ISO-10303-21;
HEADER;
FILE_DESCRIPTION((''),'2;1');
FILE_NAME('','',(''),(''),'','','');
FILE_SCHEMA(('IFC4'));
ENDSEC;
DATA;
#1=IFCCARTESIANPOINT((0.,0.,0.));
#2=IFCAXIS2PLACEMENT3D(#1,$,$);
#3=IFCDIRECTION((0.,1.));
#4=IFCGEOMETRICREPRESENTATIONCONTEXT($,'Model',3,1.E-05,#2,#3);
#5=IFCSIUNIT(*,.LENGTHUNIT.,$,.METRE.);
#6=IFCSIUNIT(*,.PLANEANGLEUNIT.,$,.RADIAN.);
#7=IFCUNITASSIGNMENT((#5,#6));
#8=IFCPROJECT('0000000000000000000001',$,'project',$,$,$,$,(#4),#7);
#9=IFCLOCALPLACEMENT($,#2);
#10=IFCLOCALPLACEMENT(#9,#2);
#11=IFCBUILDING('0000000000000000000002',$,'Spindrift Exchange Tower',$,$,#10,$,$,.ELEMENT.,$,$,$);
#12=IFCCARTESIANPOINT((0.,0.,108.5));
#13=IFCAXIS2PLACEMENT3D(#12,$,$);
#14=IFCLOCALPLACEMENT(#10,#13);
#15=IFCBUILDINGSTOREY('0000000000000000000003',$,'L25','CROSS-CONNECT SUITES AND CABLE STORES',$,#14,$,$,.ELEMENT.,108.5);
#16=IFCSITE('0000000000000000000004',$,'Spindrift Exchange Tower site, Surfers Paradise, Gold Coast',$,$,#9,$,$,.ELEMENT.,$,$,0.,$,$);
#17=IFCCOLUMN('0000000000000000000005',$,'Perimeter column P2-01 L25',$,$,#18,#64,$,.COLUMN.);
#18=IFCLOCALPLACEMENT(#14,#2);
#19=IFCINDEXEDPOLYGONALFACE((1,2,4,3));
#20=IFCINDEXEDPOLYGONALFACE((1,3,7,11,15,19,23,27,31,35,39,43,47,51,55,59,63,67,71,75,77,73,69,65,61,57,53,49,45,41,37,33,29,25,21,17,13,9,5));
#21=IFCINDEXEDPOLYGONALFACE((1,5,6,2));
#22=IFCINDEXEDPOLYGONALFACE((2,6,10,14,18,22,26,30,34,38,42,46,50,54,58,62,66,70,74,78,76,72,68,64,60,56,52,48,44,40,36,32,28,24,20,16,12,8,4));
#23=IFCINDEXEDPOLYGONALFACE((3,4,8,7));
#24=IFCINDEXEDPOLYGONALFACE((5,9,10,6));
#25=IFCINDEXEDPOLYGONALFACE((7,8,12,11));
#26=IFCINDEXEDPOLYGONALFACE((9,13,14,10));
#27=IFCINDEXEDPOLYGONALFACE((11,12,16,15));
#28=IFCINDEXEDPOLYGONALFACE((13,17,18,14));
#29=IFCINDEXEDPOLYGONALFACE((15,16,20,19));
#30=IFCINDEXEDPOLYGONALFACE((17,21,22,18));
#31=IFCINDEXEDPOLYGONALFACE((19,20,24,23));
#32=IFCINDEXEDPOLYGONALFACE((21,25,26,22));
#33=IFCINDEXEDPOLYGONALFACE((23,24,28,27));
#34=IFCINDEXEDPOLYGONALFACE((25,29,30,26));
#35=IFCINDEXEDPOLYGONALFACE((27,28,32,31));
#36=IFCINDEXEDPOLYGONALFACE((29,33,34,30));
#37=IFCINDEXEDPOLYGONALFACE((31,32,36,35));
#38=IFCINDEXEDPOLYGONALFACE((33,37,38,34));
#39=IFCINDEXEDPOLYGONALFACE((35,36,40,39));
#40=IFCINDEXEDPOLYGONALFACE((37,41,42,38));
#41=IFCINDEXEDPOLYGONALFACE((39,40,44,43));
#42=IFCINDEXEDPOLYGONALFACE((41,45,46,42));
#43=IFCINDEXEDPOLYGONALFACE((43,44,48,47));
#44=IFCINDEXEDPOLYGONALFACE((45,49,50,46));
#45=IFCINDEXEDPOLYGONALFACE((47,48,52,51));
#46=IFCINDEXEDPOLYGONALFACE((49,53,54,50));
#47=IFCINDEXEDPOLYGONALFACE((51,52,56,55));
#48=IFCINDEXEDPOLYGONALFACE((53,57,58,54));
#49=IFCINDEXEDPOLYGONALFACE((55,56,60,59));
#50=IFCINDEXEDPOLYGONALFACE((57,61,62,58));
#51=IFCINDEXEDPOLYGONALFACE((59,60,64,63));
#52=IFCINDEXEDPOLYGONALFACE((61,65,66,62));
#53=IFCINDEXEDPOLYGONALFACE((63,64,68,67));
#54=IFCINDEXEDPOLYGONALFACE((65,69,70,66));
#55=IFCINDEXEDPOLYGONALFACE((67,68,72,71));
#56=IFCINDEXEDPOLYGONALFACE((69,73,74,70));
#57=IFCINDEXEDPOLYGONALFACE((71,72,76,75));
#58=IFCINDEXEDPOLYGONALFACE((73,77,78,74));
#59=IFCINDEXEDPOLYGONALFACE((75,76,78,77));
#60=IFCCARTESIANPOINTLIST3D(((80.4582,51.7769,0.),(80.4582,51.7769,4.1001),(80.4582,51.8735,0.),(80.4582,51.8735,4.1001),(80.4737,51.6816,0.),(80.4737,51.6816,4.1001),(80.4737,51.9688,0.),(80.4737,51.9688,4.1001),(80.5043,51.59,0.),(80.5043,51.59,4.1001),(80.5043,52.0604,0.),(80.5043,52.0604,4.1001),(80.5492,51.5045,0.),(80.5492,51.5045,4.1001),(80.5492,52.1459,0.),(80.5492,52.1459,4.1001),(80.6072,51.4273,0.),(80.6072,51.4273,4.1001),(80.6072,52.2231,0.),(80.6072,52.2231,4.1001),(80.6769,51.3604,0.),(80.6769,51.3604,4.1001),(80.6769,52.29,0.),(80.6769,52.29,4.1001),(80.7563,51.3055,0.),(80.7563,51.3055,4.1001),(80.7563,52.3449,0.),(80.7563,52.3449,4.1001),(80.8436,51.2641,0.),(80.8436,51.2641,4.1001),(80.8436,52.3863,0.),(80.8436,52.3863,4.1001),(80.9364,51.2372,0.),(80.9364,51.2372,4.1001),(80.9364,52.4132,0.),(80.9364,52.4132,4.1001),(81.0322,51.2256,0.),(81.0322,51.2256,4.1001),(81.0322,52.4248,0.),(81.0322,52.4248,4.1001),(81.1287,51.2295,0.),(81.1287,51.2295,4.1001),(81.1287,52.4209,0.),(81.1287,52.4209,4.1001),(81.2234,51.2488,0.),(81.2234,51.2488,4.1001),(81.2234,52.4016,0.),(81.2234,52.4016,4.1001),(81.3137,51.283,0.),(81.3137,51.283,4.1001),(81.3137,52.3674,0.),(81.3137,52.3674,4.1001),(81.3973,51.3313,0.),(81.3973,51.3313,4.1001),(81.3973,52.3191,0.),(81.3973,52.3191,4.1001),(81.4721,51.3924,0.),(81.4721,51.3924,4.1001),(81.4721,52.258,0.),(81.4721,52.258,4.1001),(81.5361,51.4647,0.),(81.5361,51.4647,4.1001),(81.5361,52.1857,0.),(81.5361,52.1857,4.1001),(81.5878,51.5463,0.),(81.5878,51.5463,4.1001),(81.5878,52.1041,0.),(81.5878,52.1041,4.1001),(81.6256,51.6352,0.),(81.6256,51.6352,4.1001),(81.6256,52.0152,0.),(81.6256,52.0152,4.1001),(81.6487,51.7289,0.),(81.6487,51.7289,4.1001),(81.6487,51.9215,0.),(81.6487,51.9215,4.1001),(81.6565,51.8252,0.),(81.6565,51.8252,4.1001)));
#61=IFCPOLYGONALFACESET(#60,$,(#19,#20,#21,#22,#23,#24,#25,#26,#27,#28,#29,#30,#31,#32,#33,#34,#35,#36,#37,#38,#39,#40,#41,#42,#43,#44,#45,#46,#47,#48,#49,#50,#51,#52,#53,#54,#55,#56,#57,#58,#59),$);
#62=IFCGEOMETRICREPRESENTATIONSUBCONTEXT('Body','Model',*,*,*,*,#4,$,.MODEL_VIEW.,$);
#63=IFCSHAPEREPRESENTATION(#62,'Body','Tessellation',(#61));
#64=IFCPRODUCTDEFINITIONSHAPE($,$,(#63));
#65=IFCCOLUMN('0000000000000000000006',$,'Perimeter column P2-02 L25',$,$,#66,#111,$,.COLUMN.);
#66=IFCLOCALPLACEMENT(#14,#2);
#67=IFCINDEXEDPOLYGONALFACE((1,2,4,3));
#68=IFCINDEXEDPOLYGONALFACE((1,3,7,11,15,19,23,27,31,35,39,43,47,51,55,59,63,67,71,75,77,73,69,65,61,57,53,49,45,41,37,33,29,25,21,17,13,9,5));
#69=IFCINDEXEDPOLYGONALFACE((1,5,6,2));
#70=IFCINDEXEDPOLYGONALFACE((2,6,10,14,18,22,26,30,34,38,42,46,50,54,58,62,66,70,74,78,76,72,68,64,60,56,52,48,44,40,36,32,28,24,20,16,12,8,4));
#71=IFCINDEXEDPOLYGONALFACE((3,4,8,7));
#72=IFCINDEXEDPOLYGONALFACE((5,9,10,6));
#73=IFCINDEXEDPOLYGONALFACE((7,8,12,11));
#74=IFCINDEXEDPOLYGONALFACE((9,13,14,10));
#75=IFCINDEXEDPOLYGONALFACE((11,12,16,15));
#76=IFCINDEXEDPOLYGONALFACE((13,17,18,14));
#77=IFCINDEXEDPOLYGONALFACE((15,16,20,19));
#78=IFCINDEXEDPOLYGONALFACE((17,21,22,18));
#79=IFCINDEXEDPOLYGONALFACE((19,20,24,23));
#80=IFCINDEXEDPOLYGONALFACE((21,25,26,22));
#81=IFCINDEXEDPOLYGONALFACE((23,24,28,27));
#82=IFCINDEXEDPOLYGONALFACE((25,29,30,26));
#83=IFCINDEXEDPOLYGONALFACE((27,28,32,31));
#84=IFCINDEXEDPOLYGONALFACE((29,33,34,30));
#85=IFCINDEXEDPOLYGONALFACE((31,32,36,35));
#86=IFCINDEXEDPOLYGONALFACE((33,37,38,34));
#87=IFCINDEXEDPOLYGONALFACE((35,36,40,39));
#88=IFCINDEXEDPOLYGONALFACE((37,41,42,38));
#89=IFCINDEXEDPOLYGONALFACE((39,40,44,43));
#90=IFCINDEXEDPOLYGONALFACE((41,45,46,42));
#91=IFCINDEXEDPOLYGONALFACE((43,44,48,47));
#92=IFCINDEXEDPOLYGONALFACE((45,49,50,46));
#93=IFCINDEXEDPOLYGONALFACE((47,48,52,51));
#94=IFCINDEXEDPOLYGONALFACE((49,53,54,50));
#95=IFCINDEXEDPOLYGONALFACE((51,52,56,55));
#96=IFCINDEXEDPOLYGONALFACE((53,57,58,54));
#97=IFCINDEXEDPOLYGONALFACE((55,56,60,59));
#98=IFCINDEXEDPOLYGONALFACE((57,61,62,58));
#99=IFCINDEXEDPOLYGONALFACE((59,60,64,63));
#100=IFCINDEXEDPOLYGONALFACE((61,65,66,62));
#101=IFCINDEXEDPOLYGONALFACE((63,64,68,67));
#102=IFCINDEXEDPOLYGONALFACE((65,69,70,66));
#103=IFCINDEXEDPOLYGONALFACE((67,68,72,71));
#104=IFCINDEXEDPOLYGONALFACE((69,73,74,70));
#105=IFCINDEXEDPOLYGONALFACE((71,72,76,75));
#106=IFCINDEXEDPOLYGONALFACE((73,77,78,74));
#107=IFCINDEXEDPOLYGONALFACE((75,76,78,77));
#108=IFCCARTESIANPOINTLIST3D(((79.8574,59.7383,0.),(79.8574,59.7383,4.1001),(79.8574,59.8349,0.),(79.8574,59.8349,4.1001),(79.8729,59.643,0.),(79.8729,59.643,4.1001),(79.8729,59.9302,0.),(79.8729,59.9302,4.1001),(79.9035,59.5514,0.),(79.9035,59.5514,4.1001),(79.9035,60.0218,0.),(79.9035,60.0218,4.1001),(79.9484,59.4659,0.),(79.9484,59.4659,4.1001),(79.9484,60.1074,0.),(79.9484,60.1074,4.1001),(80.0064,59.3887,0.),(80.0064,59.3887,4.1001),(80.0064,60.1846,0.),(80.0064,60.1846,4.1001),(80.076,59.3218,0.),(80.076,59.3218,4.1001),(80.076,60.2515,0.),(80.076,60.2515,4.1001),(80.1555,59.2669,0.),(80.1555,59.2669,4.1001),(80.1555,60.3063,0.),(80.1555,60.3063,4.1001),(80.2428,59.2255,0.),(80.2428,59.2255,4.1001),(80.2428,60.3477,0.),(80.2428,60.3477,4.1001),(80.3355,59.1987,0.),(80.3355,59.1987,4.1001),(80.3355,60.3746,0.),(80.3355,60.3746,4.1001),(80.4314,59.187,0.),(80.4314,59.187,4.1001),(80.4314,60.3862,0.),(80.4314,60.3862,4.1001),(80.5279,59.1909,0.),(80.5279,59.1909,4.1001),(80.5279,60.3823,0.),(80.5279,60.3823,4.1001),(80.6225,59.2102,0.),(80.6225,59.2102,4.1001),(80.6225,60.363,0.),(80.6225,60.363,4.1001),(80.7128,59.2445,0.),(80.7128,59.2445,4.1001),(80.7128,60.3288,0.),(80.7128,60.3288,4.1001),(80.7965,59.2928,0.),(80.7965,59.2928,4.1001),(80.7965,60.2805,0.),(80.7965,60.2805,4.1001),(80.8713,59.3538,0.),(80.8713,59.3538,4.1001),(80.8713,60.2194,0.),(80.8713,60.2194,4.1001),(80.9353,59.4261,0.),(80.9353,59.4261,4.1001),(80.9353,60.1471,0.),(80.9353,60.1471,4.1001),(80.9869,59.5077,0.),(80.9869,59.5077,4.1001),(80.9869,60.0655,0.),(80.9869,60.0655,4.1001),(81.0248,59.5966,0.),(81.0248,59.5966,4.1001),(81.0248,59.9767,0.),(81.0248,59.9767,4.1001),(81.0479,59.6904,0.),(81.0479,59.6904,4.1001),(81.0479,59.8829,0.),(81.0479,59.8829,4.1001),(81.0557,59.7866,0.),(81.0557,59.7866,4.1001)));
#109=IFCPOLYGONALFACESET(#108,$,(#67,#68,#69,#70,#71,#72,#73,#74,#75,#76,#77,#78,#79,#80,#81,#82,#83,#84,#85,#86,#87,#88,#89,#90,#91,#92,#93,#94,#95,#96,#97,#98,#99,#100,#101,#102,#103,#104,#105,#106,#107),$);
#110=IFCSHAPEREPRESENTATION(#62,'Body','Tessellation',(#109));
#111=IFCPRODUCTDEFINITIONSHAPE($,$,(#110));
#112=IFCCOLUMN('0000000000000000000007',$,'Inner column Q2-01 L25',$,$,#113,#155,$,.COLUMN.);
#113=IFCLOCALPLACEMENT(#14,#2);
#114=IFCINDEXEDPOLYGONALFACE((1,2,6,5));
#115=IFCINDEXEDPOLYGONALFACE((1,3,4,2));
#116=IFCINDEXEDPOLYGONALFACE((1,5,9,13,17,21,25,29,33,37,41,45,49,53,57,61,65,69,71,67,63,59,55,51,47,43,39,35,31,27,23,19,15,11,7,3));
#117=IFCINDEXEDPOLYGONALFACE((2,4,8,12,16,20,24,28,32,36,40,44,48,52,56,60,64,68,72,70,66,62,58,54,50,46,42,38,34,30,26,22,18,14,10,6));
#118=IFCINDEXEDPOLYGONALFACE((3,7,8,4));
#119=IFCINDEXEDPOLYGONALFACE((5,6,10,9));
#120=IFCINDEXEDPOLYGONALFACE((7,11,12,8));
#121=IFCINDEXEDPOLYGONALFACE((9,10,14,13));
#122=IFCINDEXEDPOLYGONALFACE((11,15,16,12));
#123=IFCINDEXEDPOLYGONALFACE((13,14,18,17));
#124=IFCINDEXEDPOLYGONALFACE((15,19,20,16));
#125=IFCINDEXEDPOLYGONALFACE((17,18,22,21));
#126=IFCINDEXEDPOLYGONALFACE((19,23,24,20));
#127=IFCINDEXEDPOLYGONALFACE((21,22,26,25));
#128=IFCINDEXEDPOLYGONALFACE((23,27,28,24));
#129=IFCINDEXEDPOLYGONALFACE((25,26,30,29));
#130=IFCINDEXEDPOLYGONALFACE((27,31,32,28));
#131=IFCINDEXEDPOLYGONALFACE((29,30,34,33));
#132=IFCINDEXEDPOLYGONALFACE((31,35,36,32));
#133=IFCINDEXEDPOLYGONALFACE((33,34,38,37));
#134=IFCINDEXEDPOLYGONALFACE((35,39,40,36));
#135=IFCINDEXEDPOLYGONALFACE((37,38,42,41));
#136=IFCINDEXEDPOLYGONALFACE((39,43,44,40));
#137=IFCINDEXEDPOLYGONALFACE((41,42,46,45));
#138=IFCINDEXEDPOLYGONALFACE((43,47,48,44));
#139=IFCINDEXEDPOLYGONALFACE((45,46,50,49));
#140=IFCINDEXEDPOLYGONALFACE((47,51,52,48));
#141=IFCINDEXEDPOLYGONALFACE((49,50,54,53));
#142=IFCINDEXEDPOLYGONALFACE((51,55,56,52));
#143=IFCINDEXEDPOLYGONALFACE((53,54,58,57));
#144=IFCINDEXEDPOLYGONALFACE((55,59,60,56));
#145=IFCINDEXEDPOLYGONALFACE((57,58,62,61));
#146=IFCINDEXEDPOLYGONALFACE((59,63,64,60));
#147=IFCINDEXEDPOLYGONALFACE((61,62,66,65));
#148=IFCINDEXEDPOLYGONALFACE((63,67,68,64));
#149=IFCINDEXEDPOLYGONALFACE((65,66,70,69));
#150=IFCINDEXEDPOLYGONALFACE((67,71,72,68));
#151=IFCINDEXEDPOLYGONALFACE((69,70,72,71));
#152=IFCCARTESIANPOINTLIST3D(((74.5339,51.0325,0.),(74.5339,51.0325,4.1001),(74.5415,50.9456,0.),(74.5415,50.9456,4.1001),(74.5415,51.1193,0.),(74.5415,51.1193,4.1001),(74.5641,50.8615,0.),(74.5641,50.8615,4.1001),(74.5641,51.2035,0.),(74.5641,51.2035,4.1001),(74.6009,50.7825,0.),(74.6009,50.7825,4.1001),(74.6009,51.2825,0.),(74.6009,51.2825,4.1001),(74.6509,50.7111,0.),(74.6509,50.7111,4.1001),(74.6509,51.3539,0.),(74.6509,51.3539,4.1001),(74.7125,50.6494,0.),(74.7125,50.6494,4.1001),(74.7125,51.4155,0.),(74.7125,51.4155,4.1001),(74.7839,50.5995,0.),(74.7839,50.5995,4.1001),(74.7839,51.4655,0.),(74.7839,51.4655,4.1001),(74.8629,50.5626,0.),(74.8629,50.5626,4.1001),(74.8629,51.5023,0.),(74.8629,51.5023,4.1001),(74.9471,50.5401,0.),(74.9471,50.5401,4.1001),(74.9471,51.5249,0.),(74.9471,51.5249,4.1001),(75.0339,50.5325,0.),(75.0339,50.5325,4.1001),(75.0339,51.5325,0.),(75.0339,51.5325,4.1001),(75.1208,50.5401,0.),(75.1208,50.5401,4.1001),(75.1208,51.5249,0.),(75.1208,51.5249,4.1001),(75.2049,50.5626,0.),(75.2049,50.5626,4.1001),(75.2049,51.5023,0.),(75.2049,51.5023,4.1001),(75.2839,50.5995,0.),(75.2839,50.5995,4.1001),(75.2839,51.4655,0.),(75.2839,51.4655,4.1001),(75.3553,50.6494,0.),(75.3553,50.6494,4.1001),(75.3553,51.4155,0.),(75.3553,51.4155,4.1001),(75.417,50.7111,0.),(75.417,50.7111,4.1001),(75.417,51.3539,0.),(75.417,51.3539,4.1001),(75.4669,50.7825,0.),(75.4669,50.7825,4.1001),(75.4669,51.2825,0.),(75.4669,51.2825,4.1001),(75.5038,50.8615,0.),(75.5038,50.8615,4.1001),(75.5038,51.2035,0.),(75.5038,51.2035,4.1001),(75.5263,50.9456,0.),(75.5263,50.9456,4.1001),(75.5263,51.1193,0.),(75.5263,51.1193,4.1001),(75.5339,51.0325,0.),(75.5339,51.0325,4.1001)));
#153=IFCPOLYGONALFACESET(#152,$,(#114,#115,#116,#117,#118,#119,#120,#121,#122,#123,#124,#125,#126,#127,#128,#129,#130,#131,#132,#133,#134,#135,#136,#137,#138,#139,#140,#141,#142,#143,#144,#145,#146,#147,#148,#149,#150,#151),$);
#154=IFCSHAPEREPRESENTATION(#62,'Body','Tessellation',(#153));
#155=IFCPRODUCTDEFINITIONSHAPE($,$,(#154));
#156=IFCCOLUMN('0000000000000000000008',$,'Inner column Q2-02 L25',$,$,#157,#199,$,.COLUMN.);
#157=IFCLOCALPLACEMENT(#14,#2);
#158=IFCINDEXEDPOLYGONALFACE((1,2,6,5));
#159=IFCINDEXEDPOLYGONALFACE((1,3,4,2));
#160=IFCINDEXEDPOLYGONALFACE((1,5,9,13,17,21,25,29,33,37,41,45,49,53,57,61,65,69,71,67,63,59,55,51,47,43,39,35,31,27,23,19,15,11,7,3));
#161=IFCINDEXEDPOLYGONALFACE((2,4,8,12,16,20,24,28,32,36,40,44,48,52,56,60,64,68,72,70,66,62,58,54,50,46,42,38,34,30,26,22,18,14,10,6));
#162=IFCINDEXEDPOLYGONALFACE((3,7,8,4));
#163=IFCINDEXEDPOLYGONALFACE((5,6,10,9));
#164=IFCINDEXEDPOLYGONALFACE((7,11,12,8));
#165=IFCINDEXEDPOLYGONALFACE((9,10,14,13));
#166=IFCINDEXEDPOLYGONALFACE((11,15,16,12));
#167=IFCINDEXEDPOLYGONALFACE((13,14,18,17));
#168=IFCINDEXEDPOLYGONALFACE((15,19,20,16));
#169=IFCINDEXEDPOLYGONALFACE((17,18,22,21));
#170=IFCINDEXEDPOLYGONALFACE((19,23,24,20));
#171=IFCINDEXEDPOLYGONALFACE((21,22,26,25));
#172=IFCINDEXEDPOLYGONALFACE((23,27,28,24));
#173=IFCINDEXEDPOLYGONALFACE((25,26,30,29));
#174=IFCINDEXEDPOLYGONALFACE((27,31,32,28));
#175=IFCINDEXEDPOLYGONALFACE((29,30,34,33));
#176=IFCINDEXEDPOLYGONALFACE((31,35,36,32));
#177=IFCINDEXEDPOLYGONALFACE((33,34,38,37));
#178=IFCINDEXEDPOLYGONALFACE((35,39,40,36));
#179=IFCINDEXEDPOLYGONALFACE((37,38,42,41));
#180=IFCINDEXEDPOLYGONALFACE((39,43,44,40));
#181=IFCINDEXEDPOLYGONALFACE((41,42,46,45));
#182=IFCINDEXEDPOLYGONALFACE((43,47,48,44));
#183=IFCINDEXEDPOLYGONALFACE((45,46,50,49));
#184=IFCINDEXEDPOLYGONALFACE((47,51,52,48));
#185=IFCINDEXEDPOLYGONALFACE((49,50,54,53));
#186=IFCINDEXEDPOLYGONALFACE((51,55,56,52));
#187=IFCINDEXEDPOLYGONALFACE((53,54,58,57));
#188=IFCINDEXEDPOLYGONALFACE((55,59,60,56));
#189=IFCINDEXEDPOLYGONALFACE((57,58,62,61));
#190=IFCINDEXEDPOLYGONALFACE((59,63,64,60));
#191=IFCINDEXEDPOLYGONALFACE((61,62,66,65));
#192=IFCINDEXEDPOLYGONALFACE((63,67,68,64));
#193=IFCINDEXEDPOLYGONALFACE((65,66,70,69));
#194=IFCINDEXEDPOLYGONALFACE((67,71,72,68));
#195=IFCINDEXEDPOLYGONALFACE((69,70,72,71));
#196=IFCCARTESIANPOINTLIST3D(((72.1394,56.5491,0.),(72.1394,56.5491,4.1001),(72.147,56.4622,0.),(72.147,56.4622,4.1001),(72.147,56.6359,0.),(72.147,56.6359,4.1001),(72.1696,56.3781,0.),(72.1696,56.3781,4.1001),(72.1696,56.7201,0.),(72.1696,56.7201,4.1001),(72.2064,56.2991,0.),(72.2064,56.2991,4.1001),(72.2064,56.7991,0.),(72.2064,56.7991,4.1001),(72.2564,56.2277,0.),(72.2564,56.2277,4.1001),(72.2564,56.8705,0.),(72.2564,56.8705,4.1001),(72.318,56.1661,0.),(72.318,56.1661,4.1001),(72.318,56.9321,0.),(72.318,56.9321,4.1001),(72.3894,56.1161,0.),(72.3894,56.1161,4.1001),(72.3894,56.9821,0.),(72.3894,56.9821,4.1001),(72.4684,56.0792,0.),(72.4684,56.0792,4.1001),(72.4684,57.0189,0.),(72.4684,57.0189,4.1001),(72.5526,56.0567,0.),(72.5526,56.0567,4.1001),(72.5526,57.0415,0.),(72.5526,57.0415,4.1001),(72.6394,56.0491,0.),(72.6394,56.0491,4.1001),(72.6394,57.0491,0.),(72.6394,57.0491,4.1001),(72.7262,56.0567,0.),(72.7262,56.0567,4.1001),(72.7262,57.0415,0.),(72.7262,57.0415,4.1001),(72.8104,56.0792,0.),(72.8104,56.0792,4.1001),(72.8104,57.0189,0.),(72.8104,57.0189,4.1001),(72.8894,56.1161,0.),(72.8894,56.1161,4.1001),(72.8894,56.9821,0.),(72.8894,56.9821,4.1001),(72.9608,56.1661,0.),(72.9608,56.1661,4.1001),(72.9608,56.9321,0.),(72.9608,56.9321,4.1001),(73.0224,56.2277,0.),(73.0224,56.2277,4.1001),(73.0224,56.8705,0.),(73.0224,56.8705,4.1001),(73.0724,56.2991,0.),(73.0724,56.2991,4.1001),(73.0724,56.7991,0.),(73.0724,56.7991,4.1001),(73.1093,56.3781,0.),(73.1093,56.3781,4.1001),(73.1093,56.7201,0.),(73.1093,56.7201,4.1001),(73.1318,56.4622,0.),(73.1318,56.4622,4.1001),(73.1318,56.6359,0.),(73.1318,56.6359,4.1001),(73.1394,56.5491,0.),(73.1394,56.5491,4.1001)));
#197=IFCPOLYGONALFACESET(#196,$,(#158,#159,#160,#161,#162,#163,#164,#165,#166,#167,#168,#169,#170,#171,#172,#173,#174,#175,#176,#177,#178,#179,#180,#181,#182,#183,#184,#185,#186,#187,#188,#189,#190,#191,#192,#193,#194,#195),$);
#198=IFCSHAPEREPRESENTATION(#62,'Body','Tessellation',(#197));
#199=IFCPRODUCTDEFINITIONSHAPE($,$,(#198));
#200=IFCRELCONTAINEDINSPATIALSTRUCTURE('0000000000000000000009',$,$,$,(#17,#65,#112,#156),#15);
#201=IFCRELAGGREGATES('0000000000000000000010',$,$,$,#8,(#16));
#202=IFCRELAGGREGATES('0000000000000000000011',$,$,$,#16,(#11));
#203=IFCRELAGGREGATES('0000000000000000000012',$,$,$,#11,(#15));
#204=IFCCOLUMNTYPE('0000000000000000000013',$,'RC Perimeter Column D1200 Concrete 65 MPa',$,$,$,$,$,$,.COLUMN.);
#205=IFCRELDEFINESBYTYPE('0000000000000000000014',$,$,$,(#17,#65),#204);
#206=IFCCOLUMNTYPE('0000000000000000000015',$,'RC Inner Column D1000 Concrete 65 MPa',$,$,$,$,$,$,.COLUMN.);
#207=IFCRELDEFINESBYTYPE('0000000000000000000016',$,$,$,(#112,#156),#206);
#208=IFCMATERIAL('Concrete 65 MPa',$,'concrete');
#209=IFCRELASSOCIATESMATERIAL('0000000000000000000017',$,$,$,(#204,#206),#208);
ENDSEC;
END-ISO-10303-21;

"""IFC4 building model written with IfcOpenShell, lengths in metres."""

from ifc_helpers import new_model, si_unit, direction, frame, origin, origin_2d, place, context, subcontext, project, spatial, circle, extrude, source, transform, mapped, material, material_profile, profile_set, type_object, element, save


model = new_model("IFC4")

# Units and contexts
model_context = context("Model", 3, precision=1e-05, world=origin(), true_north=direction((0.0, 1.0)))
body_context = subcontext(model_context, "Body", "Model", "MODEL_VIEW")
ifc_project = project(units=[si_unit("LENGTHUNIT", "METRE"), si_unit("PLANEANGLEUNIT", "RADIAN")], contexts=[model_context])

# Site, building, storey
site_placement = place(None, origin())
site = spatial("IfcSite", under=ifc_project, at=site_placement, Name="Spindrift Exchange Tower site, Surfers Paradise, Gold Coast", CompositionType="ELEMENT", RefElevation=0.0)
building_placement = place(site_placement, origin())
building = spatial("IfcBuilding", under=site, at=building_placement, Name="Spindrift Exchange Tower", CompositionType="ELEMENT")
storey_placement = place(building_placement, frame((0.0, 0.0, 108.5)))
storey = spatial("IfcBuildingStorey", under=building, at=storey_placement, Name="L25", Description="CROSS-CONNECT SUITES AND CABLE STORES", CompositionType="ELEMENT", Elevation=108.5)

# Columns
ifc_material_1 = material(Name="Concrete 65 MPa", Category="concrete")
ifc_material_profile_1 = material_profile(ifc_material_1, circle(Radius=0.6001, at=origin_2d()), Name="RC D1200")
ifc_profile_set_1 = profile_set([ifc_material_profile_1], Name="Concrete 65 MPa")
column_type_1 = type_object("IfcColumnType", Name="RC Perimeter Column D1200 Concrete 65 MPa", PredefinedType="COLUMN", material=ifc_profile_set_1)
shared_shape_1 = source(origin(), body_context, "Body", "SweptSolid", [
    extrude(circle(Radius=0.6001, at=origin_2d()), origin(), (0.0, 0.0, 1.0), 4.1001),
])
for number, where, z_axis, x_axis, name in (
    (1, (81.0564, 51.8252, 0.0), (0.0, 0.0, 1.0), (1.0, 0.0, 0.0), "Perimeter column P2-01 L25"),
    (2, (80.4556, 59.7866, 0.0), (0.0, 0.0, 1.0), (1.0, 0.0, 0.0), "Perimeter column P2-02 L25"),
):
    element("IfcColumn", number, at=place(storey_placement, frame(where, z_axis=z_axis, x_axis=x_axis)), inside=storey, type_object=column_type_1, Name=name, PredefinedType="COLUMN", context=body_context, shape_type="MappedRepresentation", body=[
        mapped(shared_shape_1, transform((0.0, 0.0, 0.0), scale=1.0)),
    ])
ifc_material_profile_2 = material_profile(ifc_material_1, circle(Radius=0.5, at=origin_2d()), Name="RC D1000")
ifc_profile_set_2 = profile_set([ifc_material_profile_2], Name="Concrete 65 MPa")
column_type_2 = type_object("IfcColumnType", Name="RC Inner Column D1000 Concrete 65 MPa", PredefinedType="COLUMN", material=ifc_profile_set_2)
shared_shape_2 = source(origin(), body_context, "Body", "SweptSolid", [
    extrude(circle(Radius=0.5, at=origin_2d()), origin(), (0.0, 0.0, 1.0), 4.1001),
])
for number, where, z_axis, x_axis, name in (
    (3, (75.0339, 51.0325, 0.0), (0.0, 0.0, 1.0), (1.0, 0.0, 0.0), "Inner column Q2-01 L25"),
    (4, (72.6394, 56.5491, 0.0), (0.0, 0.0, 1.0), (1.0, 0.0, 0.0), "Inner column Q2-02 L25"),
):
    element("IfcColumn", number, at=place(storey_placement, frame(where, z_axis=z_axis, x_axis=x_axis)), inside=storey, type_object=column_type_2, Name=name, PredefinedType="COLUMN", context=body_context, shape_type="MappedRepresentation", body=[
        mapped(shared_shape_2, transform((0.0, 0.0, 0.0), scale=1.0)),
    ])

save(model, "model.ifc")
